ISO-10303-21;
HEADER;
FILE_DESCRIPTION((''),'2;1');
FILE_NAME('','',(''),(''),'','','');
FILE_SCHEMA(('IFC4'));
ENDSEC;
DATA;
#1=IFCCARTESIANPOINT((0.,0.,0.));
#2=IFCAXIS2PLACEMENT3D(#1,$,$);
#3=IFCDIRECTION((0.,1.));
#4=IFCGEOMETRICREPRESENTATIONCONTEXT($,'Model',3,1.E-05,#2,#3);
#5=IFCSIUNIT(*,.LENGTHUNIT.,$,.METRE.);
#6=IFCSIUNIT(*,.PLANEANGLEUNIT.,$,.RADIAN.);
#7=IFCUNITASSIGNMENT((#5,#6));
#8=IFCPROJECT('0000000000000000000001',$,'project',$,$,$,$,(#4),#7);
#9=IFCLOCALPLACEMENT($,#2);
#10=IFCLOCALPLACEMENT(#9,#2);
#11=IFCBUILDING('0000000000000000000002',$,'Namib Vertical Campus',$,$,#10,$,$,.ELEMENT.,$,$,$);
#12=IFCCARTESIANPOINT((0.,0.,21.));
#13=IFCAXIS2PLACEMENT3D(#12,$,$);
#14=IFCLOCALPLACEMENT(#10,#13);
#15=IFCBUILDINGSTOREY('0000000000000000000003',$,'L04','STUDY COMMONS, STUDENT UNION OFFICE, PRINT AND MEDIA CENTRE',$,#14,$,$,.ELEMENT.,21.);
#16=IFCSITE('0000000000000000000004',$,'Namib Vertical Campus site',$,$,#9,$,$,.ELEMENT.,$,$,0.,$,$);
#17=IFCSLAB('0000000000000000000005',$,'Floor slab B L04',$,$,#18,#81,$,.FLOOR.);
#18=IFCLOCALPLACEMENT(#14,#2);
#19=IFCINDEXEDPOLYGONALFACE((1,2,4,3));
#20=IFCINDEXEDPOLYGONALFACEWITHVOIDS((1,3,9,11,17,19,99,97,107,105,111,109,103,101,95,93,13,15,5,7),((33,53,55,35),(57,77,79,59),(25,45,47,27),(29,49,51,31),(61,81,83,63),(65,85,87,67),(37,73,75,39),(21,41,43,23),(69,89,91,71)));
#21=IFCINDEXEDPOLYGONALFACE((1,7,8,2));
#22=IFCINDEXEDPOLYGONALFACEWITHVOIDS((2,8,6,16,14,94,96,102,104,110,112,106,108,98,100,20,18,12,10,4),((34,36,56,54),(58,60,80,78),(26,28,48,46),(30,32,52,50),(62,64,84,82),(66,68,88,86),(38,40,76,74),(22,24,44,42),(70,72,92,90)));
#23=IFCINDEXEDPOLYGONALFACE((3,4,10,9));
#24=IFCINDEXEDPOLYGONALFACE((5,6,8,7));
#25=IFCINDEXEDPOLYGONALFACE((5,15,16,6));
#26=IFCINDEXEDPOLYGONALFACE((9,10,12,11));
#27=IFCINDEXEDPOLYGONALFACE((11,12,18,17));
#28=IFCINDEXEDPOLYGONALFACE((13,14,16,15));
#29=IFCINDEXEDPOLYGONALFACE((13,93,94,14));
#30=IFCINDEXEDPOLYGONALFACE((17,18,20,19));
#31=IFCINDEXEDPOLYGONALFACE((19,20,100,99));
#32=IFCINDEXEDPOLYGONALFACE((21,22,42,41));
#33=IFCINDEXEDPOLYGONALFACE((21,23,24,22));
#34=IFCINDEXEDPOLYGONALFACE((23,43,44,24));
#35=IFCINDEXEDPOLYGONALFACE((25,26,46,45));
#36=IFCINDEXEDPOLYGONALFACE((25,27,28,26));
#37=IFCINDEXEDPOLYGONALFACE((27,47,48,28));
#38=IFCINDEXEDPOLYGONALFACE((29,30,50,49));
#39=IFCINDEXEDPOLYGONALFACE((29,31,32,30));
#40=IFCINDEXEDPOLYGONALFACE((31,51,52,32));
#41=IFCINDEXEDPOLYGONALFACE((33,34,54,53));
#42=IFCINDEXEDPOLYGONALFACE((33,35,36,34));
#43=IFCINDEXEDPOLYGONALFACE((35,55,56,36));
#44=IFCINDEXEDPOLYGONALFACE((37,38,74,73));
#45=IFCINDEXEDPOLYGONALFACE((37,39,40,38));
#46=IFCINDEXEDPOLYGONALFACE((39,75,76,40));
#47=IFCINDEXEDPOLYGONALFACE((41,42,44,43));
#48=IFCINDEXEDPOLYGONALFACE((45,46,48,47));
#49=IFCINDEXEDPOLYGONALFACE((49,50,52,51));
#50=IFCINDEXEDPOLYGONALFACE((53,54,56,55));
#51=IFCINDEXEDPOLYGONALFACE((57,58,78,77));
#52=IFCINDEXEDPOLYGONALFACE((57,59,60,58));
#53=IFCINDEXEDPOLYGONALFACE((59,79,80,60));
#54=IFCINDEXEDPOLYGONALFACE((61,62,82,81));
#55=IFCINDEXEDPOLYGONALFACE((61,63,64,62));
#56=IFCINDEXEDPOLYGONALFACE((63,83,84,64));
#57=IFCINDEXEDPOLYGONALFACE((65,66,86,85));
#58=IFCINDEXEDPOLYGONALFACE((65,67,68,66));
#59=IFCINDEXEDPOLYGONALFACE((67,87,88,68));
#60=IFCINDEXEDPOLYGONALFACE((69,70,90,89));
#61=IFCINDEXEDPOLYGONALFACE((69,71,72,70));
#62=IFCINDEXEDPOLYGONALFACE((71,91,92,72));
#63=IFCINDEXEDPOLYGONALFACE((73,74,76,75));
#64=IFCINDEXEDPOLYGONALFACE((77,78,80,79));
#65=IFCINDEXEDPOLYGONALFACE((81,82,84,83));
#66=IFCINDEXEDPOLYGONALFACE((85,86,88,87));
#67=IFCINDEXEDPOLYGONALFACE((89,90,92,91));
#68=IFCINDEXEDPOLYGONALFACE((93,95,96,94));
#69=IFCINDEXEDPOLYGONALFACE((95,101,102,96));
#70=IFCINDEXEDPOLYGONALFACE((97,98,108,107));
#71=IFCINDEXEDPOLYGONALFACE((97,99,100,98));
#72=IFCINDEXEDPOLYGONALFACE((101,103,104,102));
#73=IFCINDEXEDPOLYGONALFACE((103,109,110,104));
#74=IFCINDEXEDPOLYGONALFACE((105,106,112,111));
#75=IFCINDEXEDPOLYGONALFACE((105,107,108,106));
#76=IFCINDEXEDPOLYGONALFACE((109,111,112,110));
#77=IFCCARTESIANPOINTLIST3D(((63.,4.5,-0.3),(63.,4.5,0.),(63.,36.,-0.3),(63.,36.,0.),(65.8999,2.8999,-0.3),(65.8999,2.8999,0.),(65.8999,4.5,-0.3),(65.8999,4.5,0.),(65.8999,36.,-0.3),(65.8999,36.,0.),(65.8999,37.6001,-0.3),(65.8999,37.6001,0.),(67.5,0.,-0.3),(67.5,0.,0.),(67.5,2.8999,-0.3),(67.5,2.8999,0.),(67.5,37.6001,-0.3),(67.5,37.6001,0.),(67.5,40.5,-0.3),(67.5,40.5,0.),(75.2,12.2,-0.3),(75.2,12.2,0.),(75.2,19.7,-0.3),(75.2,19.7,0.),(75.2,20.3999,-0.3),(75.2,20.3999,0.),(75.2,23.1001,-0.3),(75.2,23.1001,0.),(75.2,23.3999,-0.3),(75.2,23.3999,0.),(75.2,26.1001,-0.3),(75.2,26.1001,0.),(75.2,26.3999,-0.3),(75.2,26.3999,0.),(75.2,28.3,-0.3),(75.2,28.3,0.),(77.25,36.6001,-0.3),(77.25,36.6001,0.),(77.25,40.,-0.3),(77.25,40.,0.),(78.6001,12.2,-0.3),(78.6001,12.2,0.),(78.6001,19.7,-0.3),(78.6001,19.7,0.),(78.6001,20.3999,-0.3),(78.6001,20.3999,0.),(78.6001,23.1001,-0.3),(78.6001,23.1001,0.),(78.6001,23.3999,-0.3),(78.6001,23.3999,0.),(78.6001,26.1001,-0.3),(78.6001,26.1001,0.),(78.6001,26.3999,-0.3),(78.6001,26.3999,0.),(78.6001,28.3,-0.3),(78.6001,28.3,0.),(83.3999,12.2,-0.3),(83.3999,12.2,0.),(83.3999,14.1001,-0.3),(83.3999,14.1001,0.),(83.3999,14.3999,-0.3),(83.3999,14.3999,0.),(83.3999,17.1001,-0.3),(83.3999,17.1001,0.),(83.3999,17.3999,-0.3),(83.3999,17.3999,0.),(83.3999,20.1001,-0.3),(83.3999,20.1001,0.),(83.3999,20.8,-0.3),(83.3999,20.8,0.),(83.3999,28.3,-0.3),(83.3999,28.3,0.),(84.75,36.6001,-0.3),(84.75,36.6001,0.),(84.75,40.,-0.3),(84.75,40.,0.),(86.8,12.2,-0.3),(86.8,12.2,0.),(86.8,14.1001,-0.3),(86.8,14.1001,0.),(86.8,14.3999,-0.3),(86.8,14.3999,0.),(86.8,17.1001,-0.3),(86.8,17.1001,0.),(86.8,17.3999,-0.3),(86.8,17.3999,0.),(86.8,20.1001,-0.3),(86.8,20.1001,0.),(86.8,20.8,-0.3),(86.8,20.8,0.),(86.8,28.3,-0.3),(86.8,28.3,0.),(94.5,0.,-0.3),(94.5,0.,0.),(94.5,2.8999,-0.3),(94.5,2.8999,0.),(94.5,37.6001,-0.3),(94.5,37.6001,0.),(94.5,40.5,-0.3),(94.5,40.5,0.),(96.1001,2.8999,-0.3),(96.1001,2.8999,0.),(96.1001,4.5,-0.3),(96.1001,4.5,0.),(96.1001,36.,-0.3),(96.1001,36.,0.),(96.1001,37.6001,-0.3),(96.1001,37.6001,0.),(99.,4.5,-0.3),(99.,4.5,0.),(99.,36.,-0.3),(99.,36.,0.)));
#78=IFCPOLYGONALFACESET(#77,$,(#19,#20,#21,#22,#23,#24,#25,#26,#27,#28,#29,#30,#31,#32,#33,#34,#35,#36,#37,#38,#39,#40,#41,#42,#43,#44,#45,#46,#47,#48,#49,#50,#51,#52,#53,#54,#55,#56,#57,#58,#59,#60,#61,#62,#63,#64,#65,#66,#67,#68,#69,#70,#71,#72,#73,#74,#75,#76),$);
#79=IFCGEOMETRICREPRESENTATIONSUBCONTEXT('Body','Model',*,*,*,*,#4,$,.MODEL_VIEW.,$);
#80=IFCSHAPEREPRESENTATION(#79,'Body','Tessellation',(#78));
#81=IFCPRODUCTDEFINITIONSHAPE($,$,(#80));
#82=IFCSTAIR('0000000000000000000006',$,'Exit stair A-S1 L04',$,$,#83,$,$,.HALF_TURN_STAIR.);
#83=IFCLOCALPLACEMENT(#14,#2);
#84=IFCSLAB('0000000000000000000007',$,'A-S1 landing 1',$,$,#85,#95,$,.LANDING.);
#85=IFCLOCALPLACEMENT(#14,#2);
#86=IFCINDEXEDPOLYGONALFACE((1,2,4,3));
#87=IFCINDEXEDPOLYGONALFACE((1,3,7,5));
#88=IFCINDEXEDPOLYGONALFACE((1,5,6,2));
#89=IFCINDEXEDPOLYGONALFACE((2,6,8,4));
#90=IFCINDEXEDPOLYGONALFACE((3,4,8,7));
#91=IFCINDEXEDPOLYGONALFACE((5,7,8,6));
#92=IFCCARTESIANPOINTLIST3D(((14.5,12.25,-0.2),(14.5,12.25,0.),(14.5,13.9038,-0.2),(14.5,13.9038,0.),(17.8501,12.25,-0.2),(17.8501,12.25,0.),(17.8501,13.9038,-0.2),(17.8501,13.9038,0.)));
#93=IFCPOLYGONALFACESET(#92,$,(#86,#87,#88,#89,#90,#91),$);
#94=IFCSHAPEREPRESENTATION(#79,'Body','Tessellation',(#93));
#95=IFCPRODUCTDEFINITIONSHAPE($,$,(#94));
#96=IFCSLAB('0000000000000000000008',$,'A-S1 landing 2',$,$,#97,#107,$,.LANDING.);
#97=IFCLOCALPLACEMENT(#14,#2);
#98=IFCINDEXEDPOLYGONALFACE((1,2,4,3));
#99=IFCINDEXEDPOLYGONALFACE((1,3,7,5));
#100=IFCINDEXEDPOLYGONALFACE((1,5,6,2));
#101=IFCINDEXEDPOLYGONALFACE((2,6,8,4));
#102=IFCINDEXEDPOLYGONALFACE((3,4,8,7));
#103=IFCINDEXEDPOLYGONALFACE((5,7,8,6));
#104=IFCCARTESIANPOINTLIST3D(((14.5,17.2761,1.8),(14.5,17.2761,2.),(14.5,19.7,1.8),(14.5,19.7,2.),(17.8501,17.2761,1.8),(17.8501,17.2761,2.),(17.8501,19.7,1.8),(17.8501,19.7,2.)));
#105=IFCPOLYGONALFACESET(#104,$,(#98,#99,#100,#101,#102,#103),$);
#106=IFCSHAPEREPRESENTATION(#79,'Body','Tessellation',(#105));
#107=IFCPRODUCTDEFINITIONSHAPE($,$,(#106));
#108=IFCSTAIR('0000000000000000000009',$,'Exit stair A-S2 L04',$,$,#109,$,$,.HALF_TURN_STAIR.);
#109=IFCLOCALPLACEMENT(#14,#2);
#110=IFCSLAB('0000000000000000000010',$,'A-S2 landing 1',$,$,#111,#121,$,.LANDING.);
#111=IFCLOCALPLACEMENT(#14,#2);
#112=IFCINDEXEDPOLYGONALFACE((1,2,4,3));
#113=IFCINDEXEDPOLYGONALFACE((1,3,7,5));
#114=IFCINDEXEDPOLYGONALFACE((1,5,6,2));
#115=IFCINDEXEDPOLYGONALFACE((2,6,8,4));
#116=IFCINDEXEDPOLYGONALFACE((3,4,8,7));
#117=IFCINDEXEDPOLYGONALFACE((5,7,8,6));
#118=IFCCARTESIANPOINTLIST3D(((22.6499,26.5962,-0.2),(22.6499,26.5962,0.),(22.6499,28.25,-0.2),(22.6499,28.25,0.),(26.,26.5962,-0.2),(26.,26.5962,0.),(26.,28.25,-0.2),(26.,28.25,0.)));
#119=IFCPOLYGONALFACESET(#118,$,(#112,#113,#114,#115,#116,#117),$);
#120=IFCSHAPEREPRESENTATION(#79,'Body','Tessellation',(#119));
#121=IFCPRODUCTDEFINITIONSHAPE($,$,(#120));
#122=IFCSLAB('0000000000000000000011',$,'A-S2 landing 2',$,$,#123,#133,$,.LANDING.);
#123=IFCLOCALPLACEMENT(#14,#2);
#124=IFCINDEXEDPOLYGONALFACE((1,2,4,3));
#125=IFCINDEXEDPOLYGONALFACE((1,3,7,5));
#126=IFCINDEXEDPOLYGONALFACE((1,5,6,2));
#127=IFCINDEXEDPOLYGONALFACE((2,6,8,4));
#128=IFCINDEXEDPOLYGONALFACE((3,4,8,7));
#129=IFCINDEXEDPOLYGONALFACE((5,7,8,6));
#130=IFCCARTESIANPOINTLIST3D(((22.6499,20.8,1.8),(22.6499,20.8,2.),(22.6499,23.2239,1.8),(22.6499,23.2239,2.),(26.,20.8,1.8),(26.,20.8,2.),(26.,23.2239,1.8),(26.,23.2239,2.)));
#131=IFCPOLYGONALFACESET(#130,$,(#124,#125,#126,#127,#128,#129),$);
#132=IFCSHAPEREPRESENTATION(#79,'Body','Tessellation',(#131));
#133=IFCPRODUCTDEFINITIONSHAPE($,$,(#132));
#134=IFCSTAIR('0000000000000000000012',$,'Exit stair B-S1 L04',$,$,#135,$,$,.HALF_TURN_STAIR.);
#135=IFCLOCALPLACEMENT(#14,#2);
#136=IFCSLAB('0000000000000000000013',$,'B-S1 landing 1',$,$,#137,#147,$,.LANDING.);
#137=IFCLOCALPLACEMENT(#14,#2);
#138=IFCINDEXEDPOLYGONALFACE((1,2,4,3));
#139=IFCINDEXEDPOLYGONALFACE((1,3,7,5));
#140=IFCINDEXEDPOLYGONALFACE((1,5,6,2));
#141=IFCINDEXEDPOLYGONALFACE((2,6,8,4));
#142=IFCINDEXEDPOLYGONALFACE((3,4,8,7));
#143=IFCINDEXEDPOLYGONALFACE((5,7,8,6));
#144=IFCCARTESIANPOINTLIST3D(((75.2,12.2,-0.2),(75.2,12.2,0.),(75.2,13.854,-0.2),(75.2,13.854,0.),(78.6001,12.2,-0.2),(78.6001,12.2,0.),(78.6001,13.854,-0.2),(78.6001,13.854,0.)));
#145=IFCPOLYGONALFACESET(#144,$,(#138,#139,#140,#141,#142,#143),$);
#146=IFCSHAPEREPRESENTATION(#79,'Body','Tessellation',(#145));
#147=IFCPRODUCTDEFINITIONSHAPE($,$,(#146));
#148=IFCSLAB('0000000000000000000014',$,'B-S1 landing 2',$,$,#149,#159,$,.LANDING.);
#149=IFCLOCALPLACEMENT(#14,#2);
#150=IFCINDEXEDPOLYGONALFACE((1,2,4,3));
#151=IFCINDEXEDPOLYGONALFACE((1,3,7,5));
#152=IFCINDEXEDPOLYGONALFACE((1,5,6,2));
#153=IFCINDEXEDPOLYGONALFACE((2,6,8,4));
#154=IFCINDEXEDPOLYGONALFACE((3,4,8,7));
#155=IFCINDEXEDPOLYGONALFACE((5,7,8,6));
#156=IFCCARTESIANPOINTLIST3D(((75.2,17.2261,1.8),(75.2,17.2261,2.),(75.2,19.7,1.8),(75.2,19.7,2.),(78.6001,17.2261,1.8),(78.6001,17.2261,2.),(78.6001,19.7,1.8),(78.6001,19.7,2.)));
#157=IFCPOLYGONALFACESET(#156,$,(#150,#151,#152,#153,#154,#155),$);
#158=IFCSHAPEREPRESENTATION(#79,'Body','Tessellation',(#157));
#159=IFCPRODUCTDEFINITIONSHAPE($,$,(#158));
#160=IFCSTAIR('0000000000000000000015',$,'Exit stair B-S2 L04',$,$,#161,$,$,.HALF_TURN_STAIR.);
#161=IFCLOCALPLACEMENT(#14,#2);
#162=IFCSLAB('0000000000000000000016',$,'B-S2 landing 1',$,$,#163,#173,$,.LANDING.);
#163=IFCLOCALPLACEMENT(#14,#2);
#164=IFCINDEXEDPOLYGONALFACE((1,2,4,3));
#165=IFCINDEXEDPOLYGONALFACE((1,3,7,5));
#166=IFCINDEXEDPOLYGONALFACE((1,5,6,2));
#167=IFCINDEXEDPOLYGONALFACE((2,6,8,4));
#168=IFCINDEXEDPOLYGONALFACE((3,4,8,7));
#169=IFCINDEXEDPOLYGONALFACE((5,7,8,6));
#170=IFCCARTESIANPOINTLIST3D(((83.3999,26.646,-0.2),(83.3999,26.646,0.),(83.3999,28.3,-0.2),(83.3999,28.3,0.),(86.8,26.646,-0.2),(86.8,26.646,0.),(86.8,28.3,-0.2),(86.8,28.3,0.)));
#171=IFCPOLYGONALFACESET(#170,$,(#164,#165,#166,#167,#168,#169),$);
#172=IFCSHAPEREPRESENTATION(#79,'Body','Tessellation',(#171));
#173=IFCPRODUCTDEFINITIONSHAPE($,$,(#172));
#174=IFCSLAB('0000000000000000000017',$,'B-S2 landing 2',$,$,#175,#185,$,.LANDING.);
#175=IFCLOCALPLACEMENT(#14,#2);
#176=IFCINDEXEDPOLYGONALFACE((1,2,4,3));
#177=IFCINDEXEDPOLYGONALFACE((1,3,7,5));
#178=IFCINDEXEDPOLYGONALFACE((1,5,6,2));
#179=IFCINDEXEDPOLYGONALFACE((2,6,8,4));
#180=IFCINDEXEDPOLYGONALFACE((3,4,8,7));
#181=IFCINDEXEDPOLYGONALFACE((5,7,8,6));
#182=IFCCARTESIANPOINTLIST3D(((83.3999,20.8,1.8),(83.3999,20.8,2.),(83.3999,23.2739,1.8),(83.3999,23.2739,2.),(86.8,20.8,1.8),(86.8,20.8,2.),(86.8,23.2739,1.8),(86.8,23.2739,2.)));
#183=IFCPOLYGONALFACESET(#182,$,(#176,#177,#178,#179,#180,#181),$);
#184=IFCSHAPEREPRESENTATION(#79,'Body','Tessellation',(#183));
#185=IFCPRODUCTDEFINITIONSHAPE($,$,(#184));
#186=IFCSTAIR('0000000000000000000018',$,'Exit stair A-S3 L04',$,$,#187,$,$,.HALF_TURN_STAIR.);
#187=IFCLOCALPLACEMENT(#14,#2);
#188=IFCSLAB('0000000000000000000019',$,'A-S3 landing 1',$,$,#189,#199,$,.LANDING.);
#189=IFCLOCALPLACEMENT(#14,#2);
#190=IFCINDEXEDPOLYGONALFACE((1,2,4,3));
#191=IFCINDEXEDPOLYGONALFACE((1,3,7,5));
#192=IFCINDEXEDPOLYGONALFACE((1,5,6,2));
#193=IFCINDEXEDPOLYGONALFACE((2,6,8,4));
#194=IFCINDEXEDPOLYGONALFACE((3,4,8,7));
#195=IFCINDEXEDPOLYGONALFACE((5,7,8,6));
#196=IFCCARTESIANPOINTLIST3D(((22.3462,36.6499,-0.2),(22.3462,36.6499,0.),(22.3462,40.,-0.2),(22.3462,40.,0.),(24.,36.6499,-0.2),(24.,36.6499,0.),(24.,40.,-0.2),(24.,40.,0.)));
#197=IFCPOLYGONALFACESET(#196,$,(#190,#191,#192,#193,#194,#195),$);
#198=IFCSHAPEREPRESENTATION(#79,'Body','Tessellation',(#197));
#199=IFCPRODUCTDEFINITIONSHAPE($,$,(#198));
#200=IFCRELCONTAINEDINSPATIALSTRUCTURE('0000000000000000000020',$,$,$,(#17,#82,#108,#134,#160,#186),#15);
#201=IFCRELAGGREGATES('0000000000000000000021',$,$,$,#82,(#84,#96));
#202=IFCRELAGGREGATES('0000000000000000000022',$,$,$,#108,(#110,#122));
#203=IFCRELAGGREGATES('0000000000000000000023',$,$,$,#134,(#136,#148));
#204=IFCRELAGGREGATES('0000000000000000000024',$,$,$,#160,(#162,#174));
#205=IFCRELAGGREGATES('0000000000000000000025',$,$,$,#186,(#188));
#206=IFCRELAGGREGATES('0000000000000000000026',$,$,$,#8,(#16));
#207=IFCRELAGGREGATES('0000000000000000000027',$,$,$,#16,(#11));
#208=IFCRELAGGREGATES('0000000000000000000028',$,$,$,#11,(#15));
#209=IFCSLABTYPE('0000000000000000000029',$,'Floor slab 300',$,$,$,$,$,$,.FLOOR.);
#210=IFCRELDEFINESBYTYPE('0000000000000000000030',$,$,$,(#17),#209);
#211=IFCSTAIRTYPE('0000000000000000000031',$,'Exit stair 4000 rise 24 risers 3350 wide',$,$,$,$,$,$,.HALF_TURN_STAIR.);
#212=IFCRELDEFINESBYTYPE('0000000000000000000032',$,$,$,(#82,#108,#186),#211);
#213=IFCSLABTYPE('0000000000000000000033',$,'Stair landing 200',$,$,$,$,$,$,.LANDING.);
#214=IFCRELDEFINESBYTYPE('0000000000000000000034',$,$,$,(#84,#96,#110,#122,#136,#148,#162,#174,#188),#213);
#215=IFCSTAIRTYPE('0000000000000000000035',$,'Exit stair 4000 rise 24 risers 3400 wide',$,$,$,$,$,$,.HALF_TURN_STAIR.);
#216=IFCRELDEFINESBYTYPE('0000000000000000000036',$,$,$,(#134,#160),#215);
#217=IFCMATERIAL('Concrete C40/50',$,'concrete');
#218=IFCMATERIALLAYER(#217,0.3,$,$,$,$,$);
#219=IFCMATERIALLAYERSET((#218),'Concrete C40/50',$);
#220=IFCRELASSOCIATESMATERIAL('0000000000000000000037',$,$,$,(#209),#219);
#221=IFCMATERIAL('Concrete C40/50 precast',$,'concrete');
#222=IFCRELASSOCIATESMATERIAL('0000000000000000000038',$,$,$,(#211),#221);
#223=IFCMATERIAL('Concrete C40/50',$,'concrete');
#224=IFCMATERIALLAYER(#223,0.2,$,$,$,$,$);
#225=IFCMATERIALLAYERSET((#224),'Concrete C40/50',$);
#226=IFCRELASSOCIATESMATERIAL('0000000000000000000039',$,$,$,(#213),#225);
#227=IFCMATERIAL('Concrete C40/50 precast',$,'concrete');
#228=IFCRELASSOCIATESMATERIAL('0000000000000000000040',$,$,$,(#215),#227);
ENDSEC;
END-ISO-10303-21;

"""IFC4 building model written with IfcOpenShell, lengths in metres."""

from ifc_helpers import new_model, si_unit, direction, frame, origin, place, context, subcontext, project, spatial, polyline, outline, extrude, material, layer, layer_set, type_object, element, aggregate, save


model = new_model("IFC4")

# Units and contexts
model_context = context("Model", 3, precision=1e-05, world=origin(), true_north=direction((0.0, 1.0)))
body_context = subcontext(model_context, "Body", "Model", "MODEL_VIEW")
ifc_project = project(units=[si_unit("LENGTHUNIT", "METRE"), si_unit("PLANEANGLEUNIT", "RADIAN")], contexts=[model_context])

# Site, building, storey
site_placement = place(None, origin())
site = spatial("IfcSite", under=ifc_project, at=site_placement, Name="Namib Vertical Campus site", CompositionType="ELEMENT", RefElevation=0.0)
building_placement = place(site_placement, origin())
building = spatial("IfcBuilding", under=site, at=building_placement, Name="Namib Vertical Campus", CompositionType="ELEMENT")
storey_placement = place(building_placement, frame((0.0, 0.0, 21.0)))
storey = spatial("IfcBuildingStorey", under=building, at=storey_placement, Name="L04", Description="STUDY COMMONS, STUDENT UNION OFFICE, PRINT AND MEDIA CENTRE", CompositionType="ELEMENT", Elevation=21.0)

# Slab
ifc_material_1 = material(Name="Concrete C40/50", Category="concrete")
ifc_layer_1 = layer(ifc_material_1, 0.3)
ifc_layer_set_1 = layer_set([ifc_layer_1], Name="Concrete C40/50")
slab_type_1 = type_object("IfcSlabType", Name="Floor slab 300", PredefinedType="FLOOR", material=ifc_layer_set_1)
slab_1_placement = place(storey_placement, frame((0.0, 0.0, -0.3)))
element("IfcSlab", 1, at=slab_1_placement, inside=storey, type_object=slab_type_1, Name="Floor slab B L04", PredefinedType="FLOOR", context=body_context, shape_type="SweptSolid", body=[
    extrude(outline(polyline([(67.5, 0.0), (94.5, 0.0), (94.5, 2.8999), (96.1001, 2.8999), (96.1001, 4.5), (99.0, 4.5), (99.0, 36.0), (96.1001, 36.0), (96.1001, 37.6001), (94.5, 37.6001), (94.5, 40.5), (67.5, 40.5), (67.5, 37.6001), (65.8999, 37.6001), (65.8999, 36.0), (63.0, 36.0), (63.0, 4.5), (65.8999, 4.5), (65.8999, 2.8999), (67.5, 2.8999), (67.5, 0.0)]), holes=[polyline([(75.2, 12.2), (78.6001, 12.2), (78.6001, 19.7), (75.2, 19.7), (75.2, 12.2)]), polyline([(83.3999, 20.8), (86.8, 20.8), (86.8, 28.3), (83.3999, 28.3), (83.3999, 20.8)]), polyline([(83.3999, 12.2), (86.8, 12.2), (86.8, 14.1001), (83.3999, 14.1001), (83.3999, 12.2)]), polyline([(75.2, 20.3999), (78.6001, 20.3999), (78.6001, 23.1001), (75.2, 23.1001), (75.2, 20.3999)]), polyline([(75.2, 23.3999), (78.6001, 23.3999), (78.6001, 26.1001), (75.2, 26.1001), (75.2, 23.3999)]), polyline([(75.2, 26.3999), (78.6001, 26.3999), (78.6001, 28.3), (75.2, 28.3), (75.2, 26.3999)]), polyline([(83.3999, 14.3999), (86.8, 14.3999), (86.8, 17.1001), (83.3999, 17.1001), (83.3999, 14.3999)]), polyline([(83.3999, 17.3999), (86.8, 17.3999), (86.8, 20.1001), (83.3999, 20.1001), (83.3999, 17.3999)]), polyline([(77.25, 36.6001), (84.75, 36.6001), (84.75, 40.0), (77.25, 40.0), (77.25, 36.6001)])]), origin(), (0.0, 0.0, 1.0), 0.3),
])

# Stairs, slabs
ifc_material_2 = material(Name="Concrete C40/50 precast", Category="concrete")
stair_type_1 = type_object("IfcStairType", Name="Exit stair 4000 rise 24 risers 3350 wide", PredefinedType="HALF_TURN_STAIR", material=ifc_material_2)
stair_1_placement = place(storey_placement, origin())
stair_1 = element("IfcStair", 2, at=stair_1_placement, inside=storey, type_object=stair_type_1, Name="Exit stair A-S1 L04", PredefinedType="HALF_TURN_STAIR")
ifc_material_3 = material(Name="Concrete C40/50", Category="concrete")
ifc_layer_2 = layer(ifc_material_3, 0.2)
ifc_layer_set_2 = layer_set([ifc_layer_2], Name="Concrete C40/50")
slab_type_2 = type_object("IfcSlabType", Name="Stair landing 200", PredefinedType="LANDING", material=ifc_layer_set_2)
slab_2_placement = place(storey_placement, frame((0.0, 0.0, -0.2)))
slab_2 = element("IfcSlab", 3, at=slab_2_placement, type_object=slab_type_2, Name="A-S1 landing 1", PredefinedType="LANDING", context=body_context, shape_type="SweptSolid", body=[
    extrude(outline(polyline([(14.5, 12.25), (17.8501, 12.25), (17.8501, 13.9038), (14.5, 13.9038), (14.5, 12.25)])), origin(), (0.0, 0.0, 1.0), 0.2),
])
slab_3_placement = place(storey_placement, frame((0.0, 0.0, 1.8)))
slab_3 = element("IfcSlab", 4, at=slab_3_placement, type_object=slab_type_2, Name="A-S1 landing 2", PredefinedType="LANDING", context=body_context, shape_type="SweptSolid", body=[
    extrude(outline(polyline([(14.5, 17.2761), (17.8501, 17.2761), (17.8501, 19.7), (14.5, 19.7), (14.5, 17.2761)])), origin(), (0.0, 0.0, 1.0), 0.2),
])
aggregate(stair_1, [slab_2, slab_3])
stair_2_placement = place(storey_placement, origin())
stair_2 = element("IfcStair", 5, at=stair_2_placement, inside=storey, type_object=stair_type_1, Name="Exit stair A-S2 L04", PredefinedType="HALF_TURN_STAIR")
slab_4_placement = place(storey_placement, frame((0.0, 0.0, -0.2)))
slab_4 = element("IfcSlab", 6, at=slab_4_placement, type_object=slab_type_2, Name="A-S2 landing 1", PredefinedType="LANDING", context=body_context, shape_type="SweptSolid", body=[
    extrude(outline(polyline([(22.6499, 26.5962), (26.0, 26.5962), (26.0, 28.25), (22.6499, 28.25), (22.6499, 26.5962)])), origin(), (0.0, 0.0, 1.0), 0.2),
])
slab_5_placement = place(storey_placement, frame((0.0, 0.0, 1.8)))
slab_5 = element("IfcSlab", 7, at=slab_5_placement, type_object=slab_type_2, Name="A-S2 landing 2", PredefinedType="LANDING", context=body_context, shape_type="SweptSolid", body=[
    extrude(outline(polyline([(22.6499, 20.8), (26.0, 20.8), (26.0, 23.2239), (22.6499, 23.2239), (22.6499, 20.8)])), origin(), (0.0, 0.0, 1.0), 0.2),
])
aggregate(stair_2, [slab_4, slab_5])
ifc_material_4 = material(Name="Concrete C40/50 precast", Category="concrete")
stair_type_2 = type_object("IfcStairType", Name="Exit stair 4000 rise 24 risers 3400 wide", PredefinedType="HALF_TURN_STAIR", material=ifc_material_4)
stair_3_placement = place(storey_placement, origin())
stair_3 = element("IfcStair", 8, at=stair_3_placement, inside=storey, type_object=stair_type_2, Name="Exit stair B-S1 L04", PredefinedType="HALF_TURN_STAIR")
slab_6_placement = place(storey_placement, frame((0.0, 0.0, -0.2)))
slab_6 = element("IfcSlab", 9, at=slab_6_placement, type_object=slab_type_2, Name="B-S1 landing 1", PredefinedType="LANDING", context=body_context, shape_type="SweptSolid", body=[
    extrude(outline(polyline([(75.2, 12.2), (78.6001, 12.2), (78.6001, 13.854), (75.2, 13.854), (75.2, 12.2)])), origin(), (0.0, 0.0, 1.0), 0.2),
])
slab_7_placement = place(storey_placement, frame((0.0, 0.0, 1.8)))
slab_7 = element("IfcSlab", 10, at=slab_7_placement, type_object=slab_type_2, Name="B-S1 landing 2", PredefinedType="LANDING", context=body_context, shape_type="SweptSolid", body=[
    extrude(outline(polyline([(75.2, 17.2261), (78.6001, 17.2261), (78.6001, 19.7), (75.2, 19.7), (75.2, 17.2261)])), origin(), (0.0, 0.0, 1.0), 0.2),
])
aggregate(stair_3, [slab_6, slab_7])
stair_4_placement = place(storey_placement, origin())
stair_4 = element("IfcStair", 11, at=stair_4_placement, inside=storey, type_object=stair_type_2, Name="Exit stair B-S2 L04", PredefinedType="HALF_TURN_STAIR")
slab_8_placement = place(storey_placement, frame((0.0, 0.0, -0.2)))
slab_8 = element("IfcSlab", 12, at=slab_8_placement, type_object=slab_type_2, Name="B-S2 landing 1", PredefinedType="LANDING", context=body_context, shape_type="SweptSolid", body=[
    extrude(outline(polyline([(83.3999, 26.646), (86.8, 26.646), (86.8, 28.3), (83.3999, 28.3), (83.3999, 26.646)])), origin(), (0.0, 0.0, 1.0), 0.2),
])
slab_9_placement = place(storey_placement, frame((0.0, 0.0, 1.8)))
slab_9 = element("IfcSlab", 13, at=slab_9_placement, type_object=slab_type_2, Name="B-S2 landing 2", PredefinedType="LANDING", context=body_context, shape_type="SweptSolid", body=[
    extrude(outline(polyline([(83.3999, 20.8), (86.8, 20.8), (86.8, 23.2739), (83.3999, 23.2739), (83.3999, 20.8)])), origin(), (0.0, 0.0, 1.0), 0.2),
])
aggregate(stair_4, [slab_8, slab_9])
stair_5_placement = place(storey_placement, origin())
stair_5 = element("IfcStair", 14, at=stair_5_placement, inside=storey, type_object=stair_type_1, Name="Exit stair A-S3 L04", PredefinedType="HALF_TURN_STAIR")
slab_10_placement = place(storey_placement, frame((0.0, 0.0, -0.2)))
slab_10 = element("IfcSlab", 15, at=slab_10_placement, type_object=slab_type_2, Name="A-S3 landing 1", PredefinedType="LANDING", context=body_context, shape_type="SweptSolid", body=[
    extrude(outline(polyline([(22.3462, 36.6499), (22.3462, 40.0), (24.0, 40.0), (24.0, 36.6499), (22.3462, 36.6499)])), origin(), (0.0, 0.0, 1.0), 0.2),
])
aggregate(stair_5, [slab_10])

save(model, "model.ifc")
